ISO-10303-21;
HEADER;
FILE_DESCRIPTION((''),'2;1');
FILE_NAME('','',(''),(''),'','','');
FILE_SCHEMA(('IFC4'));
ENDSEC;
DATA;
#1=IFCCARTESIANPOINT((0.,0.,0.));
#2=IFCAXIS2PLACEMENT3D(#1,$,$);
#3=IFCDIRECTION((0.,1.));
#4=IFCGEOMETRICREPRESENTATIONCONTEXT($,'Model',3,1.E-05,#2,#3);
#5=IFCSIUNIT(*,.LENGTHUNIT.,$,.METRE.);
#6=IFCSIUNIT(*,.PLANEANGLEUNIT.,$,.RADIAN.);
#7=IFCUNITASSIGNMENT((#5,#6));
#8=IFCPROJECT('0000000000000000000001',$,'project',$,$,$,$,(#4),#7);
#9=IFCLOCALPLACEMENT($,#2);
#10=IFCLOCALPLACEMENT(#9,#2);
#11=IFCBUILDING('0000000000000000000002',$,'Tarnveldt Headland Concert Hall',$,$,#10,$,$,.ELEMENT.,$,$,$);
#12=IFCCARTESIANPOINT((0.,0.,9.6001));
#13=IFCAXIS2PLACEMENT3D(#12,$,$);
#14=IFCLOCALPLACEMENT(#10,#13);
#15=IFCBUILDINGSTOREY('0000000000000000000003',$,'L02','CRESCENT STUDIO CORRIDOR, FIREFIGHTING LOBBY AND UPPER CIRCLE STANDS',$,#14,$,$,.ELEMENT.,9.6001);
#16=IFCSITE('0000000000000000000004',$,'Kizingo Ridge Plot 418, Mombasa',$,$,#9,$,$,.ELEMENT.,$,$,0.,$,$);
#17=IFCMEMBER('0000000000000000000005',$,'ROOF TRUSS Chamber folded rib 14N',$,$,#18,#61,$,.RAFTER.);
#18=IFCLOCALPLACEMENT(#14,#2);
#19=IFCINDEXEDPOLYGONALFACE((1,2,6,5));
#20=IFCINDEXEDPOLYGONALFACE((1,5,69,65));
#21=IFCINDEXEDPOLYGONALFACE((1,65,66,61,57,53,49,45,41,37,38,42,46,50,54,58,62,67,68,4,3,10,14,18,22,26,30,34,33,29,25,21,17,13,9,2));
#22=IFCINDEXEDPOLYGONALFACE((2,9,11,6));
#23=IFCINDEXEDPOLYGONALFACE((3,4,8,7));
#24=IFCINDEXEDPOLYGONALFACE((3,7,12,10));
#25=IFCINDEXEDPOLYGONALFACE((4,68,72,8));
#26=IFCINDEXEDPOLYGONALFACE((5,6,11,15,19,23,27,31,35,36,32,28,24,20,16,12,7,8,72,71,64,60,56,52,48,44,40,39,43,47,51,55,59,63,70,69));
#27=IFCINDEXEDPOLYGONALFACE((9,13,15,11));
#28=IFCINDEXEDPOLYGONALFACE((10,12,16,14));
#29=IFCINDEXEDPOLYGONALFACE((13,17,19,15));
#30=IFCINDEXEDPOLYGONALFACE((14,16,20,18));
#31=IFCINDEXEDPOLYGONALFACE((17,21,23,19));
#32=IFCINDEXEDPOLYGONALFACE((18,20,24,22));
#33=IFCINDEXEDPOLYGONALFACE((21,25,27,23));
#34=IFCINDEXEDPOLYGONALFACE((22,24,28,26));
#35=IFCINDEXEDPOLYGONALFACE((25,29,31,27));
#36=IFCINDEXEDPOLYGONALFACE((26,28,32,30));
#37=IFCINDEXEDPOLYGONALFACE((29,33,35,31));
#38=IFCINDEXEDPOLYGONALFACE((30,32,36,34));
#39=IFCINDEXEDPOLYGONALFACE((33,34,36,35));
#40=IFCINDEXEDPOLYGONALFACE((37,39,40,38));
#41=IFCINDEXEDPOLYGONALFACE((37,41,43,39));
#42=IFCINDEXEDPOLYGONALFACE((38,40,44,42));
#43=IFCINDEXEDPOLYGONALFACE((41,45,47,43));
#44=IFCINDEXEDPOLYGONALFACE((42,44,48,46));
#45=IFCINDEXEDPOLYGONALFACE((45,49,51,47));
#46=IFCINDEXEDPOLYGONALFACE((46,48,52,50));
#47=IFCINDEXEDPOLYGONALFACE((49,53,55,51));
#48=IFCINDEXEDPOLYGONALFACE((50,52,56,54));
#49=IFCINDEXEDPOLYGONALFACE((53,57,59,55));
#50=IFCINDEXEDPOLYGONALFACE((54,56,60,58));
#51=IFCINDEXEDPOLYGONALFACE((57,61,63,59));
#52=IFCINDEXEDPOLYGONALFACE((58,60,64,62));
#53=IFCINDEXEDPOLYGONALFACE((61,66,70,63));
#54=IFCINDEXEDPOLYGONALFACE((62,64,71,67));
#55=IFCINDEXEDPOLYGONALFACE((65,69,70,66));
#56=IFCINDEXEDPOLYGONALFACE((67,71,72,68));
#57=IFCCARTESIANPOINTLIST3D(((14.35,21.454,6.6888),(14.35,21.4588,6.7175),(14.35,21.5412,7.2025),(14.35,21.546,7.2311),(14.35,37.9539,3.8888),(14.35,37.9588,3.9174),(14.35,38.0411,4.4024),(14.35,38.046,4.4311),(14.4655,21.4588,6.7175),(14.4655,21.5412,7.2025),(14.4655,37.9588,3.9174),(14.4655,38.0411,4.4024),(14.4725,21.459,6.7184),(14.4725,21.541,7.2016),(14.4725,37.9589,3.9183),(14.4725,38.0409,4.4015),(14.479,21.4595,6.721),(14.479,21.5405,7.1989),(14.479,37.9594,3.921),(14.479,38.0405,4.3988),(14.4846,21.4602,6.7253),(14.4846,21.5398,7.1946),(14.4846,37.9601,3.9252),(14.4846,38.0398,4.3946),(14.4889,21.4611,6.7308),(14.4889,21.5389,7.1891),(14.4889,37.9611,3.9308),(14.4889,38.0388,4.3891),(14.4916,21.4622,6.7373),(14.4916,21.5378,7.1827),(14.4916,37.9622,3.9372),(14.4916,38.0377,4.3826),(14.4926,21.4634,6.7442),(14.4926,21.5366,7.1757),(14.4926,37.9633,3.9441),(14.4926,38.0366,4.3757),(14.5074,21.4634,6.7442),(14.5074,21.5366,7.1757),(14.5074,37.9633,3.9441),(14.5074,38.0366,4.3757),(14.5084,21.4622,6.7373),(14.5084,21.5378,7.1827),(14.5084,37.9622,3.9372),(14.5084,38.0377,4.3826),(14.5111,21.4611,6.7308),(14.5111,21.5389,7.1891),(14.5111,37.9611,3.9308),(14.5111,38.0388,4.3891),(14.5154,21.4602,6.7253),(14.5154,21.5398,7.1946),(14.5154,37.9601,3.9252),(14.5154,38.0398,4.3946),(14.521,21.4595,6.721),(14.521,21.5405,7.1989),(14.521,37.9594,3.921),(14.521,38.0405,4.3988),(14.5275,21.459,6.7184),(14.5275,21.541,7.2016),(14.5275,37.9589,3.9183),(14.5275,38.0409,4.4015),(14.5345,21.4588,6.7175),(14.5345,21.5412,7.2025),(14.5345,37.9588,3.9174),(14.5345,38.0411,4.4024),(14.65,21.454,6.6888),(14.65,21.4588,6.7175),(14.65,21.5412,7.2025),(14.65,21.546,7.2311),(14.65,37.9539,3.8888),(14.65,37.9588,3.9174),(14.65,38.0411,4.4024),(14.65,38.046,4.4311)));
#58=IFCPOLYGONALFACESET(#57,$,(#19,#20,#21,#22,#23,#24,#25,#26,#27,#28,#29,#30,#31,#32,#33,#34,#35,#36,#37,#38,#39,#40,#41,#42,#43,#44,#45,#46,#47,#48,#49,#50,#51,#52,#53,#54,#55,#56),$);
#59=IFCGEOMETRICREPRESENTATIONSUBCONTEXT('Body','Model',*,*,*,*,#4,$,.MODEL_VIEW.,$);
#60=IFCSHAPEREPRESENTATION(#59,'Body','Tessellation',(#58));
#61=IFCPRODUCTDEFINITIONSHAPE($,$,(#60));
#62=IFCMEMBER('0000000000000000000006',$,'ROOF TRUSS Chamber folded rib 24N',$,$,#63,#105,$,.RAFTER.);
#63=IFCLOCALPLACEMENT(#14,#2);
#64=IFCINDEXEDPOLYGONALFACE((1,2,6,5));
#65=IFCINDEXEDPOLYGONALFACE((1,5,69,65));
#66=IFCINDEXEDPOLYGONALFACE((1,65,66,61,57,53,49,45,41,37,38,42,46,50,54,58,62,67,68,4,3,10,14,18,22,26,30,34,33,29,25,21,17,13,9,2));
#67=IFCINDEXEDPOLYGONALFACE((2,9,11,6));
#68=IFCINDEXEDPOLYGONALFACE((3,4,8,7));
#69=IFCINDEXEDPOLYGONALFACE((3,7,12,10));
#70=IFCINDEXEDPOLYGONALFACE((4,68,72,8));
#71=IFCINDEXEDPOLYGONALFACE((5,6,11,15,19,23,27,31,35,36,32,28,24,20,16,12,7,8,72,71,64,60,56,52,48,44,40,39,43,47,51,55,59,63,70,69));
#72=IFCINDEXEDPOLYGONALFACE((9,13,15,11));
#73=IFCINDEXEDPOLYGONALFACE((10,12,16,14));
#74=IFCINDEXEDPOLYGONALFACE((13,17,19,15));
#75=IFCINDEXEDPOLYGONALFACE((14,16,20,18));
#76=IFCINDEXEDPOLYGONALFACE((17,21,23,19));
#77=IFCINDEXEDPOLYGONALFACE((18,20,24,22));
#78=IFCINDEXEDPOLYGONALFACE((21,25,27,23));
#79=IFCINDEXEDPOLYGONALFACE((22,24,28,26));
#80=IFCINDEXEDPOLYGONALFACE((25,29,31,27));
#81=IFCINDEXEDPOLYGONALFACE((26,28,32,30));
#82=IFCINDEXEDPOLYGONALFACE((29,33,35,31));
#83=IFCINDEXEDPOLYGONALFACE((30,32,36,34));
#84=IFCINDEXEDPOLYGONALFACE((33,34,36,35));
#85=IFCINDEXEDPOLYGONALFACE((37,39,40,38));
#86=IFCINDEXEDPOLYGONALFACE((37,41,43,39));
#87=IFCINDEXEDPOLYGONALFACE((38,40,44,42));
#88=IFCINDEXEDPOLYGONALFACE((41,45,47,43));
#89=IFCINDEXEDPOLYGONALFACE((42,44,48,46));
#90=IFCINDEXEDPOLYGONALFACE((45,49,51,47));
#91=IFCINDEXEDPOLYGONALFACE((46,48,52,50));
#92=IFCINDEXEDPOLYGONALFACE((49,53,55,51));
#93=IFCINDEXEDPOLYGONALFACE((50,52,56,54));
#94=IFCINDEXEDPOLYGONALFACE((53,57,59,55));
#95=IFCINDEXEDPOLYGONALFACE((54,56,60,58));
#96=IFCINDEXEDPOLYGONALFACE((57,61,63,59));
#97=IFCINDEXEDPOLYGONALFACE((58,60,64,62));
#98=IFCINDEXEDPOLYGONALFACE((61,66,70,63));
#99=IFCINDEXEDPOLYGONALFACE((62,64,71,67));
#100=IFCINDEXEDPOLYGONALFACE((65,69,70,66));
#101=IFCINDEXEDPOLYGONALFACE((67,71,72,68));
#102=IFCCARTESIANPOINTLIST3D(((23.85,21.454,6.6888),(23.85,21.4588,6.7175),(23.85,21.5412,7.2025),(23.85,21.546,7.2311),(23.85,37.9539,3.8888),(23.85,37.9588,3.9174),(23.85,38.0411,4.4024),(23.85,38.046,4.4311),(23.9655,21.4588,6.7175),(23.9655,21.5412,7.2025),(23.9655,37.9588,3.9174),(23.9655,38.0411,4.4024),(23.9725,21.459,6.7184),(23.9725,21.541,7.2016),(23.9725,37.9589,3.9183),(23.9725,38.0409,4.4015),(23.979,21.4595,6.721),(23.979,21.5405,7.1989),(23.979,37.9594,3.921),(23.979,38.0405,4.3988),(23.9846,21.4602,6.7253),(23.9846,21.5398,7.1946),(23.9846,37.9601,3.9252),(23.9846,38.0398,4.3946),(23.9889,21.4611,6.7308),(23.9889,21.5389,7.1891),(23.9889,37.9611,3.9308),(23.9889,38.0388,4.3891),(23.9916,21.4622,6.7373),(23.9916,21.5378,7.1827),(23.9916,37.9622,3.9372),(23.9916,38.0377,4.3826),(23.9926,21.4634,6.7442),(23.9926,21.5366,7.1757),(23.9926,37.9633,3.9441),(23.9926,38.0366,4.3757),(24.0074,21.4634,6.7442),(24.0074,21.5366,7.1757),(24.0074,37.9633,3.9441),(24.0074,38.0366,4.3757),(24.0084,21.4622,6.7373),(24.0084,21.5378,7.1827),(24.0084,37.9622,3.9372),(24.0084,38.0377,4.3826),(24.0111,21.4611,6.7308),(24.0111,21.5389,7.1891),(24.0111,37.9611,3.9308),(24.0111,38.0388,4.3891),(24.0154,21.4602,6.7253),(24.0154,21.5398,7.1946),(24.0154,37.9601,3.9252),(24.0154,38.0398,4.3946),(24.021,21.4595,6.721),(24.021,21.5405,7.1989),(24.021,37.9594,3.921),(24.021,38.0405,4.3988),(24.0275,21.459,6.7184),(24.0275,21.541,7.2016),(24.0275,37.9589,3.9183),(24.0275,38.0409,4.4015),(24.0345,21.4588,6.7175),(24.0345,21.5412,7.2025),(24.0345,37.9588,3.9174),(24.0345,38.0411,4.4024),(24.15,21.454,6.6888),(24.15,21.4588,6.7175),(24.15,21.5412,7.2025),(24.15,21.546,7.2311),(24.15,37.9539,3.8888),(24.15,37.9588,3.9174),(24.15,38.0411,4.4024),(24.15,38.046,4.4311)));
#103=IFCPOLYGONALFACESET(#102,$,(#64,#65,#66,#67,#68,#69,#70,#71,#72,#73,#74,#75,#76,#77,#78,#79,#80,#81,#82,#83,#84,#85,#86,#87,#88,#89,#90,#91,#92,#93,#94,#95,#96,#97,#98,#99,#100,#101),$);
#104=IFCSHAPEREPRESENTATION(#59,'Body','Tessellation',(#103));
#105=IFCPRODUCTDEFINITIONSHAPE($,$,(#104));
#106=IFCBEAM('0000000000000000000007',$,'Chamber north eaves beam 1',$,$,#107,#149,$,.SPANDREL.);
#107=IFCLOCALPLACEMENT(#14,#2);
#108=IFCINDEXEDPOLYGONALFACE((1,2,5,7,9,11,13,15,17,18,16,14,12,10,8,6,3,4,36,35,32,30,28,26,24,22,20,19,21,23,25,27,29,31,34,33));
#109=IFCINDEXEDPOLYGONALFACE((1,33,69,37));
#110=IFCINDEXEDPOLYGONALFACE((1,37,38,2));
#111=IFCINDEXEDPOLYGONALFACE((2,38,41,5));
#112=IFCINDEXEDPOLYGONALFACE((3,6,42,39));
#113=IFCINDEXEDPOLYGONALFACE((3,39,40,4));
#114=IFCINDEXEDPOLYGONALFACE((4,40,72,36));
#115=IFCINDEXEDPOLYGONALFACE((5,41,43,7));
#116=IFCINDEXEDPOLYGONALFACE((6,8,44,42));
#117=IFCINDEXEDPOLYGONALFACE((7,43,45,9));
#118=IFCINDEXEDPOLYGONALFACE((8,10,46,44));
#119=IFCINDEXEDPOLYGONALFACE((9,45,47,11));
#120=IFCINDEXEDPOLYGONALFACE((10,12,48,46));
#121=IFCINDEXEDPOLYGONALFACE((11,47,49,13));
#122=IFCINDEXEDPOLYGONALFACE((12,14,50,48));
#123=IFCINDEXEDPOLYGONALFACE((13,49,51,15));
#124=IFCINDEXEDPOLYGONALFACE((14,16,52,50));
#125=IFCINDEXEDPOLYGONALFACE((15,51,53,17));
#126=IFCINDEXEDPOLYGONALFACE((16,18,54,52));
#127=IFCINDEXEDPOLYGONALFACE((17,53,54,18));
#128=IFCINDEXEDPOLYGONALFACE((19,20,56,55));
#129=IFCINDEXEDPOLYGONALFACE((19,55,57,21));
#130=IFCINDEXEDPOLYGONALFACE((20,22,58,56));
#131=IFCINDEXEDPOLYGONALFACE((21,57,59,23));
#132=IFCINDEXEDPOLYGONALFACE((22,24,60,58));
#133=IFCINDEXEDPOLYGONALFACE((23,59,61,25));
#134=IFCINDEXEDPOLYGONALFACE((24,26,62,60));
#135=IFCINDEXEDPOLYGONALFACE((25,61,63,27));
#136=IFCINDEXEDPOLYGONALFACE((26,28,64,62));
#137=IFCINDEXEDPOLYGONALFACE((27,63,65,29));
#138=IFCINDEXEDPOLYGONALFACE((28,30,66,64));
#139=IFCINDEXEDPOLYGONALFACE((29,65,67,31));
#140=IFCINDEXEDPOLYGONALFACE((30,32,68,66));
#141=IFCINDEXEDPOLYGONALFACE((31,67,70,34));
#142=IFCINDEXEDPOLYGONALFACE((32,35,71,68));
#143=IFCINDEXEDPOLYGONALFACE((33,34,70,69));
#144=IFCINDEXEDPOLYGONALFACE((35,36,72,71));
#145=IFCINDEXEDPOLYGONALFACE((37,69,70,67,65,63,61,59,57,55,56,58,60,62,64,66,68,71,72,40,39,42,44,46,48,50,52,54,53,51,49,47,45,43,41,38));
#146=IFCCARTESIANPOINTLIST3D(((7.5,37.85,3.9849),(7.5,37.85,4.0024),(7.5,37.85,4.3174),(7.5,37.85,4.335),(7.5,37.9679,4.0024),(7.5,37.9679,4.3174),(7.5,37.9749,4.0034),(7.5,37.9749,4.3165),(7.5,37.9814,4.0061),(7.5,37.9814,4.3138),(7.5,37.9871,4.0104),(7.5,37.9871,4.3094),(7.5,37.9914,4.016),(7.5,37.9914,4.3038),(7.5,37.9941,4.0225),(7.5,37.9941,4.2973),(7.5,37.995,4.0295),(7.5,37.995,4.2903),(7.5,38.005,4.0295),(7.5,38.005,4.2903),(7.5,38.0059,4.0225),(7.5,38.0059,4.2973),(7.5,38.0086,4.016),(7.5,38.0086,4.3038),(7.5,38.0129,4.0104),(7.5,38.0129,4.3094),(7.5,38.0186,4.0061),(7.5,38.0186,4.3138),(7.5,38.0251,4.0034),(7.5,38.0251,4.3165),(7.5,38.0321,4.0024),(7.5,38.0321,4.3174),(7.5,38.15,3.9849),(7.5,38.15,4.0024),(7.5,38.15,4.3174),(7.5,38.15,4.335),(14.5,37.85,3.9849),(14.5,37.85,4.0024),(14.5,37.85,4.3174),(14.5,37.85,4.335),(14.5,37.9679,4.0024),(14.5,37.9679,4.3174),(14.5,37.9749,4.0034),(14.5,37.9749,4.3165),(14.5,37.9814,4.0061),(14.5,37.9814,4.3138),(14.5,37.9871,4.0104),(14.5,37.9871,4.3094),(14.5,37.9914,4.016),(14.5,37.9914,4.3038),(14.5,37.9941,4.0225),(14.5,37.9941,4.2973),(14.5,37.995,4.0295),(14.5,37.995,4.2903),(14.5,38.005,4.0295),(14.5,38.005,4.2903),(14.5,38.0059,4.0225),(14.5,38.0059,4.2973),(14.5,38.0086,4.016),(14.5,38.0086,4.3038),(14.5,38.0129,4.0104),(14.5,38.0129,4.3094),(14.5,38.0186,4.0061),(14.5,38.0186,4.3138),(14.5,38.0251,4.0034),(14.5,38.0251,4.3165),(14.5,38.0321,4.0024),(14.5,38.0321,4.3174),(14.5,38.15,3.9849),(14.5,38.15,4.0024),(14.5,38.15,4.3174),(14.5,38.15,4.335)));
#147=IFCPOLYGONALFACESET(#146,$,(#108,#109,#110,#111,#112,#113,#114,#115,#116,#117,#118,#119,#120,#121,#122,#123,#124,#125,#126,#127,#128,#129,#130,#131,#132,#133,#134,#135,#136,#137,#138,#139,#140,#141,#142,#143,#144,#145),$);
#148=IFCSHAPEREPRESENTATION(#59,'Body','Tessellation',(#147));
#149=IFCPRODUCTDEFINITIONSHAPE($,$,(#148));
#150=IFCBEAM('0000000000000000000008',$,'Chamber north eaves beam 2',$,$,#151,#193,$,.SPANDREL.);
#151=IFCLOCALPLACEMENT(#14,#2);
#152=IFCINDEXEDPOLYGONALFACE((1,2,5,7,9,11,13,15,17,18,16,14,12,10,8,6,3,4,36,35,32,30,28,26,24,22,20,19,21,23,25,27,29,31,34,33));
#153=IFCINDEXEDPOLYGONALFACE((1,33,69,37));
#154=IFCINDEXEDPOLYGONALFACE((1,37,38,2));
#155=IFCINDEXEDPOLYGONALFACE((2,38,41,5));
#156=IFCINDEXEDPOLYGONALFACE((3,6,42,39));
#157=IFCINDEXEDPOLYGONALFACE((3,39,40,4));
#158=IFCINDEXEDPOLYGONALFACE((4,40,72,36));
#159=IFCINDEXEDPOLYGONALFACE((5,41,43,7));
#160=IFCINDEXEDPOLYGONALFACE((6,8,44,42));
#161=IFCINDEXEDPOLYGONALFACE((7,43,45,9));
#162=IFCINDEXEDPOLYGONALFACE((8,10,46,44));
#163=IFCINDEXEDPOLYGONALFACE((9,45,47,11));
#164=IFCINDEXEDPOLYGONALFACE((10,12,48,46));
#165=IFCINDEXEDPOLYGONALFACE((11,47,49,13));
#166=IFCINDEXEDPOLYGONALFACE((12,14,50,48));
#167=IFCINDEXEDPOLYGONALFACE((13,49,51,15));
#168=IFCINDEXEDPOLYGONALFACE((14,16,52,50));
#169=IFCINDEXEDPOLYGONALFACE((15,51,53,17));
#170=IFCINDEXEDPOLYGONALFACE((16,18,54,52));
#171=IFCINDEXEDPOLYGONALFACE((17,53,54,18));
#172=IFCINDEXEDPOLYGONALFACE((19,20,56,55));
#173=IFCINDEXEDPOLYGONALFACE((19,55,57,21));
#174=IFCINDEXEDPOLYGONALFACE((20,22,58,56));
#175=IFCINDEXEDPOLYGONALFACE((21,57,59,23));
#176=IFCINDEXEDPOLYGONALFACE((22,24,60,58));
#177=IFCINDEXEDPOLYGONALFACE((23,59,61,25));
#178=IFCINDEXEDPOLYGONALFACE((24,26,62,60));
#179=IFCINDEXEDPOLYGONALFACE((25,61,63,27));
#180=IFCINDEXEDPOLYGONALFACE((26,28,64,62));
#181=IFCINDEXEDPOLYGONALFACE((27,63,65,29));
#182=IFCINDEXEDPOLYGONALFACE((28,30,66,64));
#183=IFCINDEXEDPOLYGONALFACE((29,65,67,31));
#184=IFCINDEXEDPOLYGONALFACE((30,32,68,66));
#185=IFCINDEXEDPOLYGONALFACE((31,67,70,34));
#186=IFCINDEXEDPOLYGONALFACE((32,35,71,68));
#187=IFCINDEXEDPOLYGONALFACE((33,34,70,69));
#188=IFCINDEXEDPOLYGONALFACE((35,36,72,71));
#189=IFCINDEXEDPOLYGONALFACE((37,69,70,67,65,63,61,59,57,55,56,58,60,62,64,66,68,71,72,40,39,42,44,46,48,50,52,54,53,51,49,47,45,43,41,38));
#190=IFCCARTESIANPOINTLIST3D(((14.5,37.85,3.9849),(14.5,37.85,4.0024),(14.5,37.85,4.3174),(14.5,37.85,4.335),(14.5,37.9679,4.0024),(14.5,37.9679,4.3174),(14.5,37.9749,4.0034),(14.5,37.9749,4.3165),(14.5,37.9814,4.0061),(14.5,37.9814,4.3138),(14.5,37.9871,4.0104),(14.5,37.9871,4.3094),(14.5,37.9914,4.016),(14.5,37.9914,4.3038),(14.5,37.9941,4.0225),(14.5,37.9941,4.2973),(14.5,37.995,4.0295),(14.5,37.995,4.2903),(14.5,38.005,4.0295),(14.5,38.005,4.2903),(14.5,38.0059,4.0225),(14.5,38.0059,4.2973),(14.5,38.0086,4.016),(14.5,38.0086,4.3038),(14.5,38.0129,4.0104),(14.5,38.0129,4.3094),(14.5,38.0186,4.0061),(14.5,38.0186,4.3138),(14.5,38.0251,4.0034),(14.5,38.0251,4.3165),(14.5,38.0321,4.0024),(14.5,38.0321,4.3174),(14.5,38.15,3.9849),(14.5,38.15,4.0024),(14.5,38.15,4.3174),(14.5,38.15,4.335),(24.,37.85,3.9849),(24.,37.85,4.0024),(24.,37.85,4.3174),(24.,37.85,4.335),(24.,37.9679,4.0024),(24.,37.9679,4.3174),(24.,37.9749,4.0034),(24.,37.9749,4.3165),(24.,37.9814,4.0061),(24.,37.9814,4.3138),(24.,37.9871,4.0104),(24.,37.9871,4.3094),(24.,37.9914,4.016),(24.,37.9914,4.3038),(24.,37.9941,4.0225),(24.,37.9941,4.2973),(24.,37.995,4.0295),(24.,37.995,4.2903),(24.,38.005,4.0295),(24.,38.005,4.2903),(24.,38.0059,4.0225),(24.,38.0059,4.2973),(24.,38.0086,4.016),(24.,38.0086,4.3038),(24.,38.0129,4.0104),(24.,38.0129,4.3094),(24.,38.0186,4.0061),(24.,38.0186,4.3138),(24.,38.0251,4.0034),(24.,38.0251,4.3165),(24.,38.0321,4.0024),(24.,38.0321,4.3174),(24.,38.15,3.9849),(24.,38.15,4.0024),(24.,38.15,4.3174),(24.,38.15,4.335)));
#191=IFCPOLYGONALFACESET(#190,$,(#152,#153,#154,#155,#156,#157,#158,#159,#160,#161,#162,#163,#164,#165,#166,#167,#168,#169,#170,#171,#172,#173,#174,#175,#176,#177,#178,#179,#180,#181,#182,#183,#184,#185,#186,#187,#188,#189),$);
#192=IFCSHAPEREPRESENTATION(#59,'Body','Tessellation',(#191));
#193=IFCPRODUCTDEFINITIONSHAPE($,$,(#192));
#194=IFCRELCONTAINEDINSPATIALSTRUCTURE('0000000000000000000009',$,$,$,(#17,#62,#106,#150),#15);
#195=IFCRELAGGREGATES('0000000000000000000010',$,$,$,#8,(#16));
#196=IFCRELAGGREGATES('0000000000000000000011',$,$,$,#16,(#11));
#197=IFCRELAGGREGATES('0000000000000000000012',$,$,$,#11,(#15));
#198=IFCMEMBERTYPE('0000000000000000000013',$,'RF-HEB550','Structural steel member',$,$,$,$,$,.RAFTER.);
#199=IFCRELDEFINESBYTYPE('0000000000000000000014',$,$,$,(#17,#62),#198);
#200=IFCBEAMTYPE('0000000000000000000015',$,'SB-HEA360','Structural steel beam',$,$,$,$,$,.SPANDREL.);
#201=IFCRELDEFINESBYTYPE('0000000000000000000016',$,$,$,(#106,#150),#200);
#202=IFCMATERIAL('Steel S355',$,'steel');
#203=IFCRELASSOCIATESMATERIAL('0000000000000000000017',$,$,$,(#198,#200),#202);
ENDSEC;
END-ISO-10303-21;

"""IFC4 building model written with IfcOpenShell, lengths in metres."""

from ifc_helpers import new_model, si_unit, direction, frame, origin, origin_2d, place, context, subcontext, project, spatial, i_section, extrude, material, material_profile, profile_set, type_object, element, save


model = new_model("IFC4")

# Units and contexts
model_context = context("Model", 3, precision=1e-05, world=origin(), true_north=direction((0.0, 1.0)))
body_context = subcontext(model_context, "Body", "Model", "MODEL_VIEW")
ifc_project = project(units=[si_unit("LENGTHUNIT", "METRE"), si_unit("PLANEANGLEUNIT", "RADIAN")], contexts=[model_context])

# Site, building, storey
site_placement = place(None, origin())
site = spatial("IfcSite", under=ifc_project, at=site_placement, Name="Kizingo Ridge Plot 418, Mombasa", CompositionType="ELEMENT", RefElevation=0.0)
building_placement = place(site_placement, origin())
building = spatial("IfcBuilding", under=site, at=building_placement, Name="Tarnveldt Headland Concert Hall", CompositionType="ELEMENT")
storey_placement = place(building_placement, frame((0.0, 0.0, 9.6001)))
storey = spatial("IfcBuildingStorey", under=building, at=storey_placement, Name="L02", Description="CRESCENT STUDIO CORRIDOR, FIREFIGHTING LOBBY AND UPPER CIRCLE STANDS", CompositionType="ELEMENT", Elevation=9.6001)

# Shared definitions
ifc_material_1 = material(Name="Steel S355", Category="steel")

# Members
ifc_material_profile_1 = material_profile(ifc_material_1, i_section(OverallWidth=0.3, OverallDepth=0.55, WebThickness=0.0149, FlangeThickness=0.0291, FilletRadius=0.0271, at=origin_2d()), Name="HEB550", Category="steel")
ifc_profile_set_1 = profile_set([ifc_material_profile_1], Name="Steel S355")
member_type_1 = type_object("IfcMemberType", Name="RF-HEB550", Description="Structural steel member", PredefinedType="RAFTER", material=ifc_profile_set_1)
for number, where, z_axis, x_axis, name in (
    (1, (14.5, 21.5, 6.96), (0.0, 0.985905, -0.167308), (-1.0, 0.0, 0.0), "ROOF TRUSS Chamber folded rib 14N"),
    (2, (24.0, 21.5, 6.96), (0.0, 0.985905, -0.167308), (-1.0, 0.0, 0.0), "ROOF TRUSS Chamber folded rib 24N"),
):
    element("IfcMember", number, at=place(storey_placement, frame(where, z_axis=z_axis, x_axis=x_axis)), inside=storey, type_object=member_type_1, Name=name, PredefinedType="RAFTER", context=body_context, shape_type="SweptSolid", body=[
        extrude(i_section(OverallWidth=0.3, OverallDepth=0.55, WebThickness=0.0149, FlangeThickness=0.0291, FilletRadius=0.0271, at=origin_2d()), origin(), (0.0, 0.0, 1.0), 16.7358),
    ])

# Beams
ifc_material_profile_2 = material_profile(ifc_material_1, i_section(OverallWidth=0.3, OverallDepth=0.3501, WebThickness=0.01, FlangeThickness=0.0176, FilletRadius=0.0271, at=origin_2d()), Name="HEA360", Category="steel")
ifc_profile_set_2 = profile_set([ifc_material_profile_2], Name="Steel S355")
beam_type_1 = type_object("IfcBeamType", Name="SB-HEA360", Description="Structural steel beam", PredefinedType="SPANDREL", material=ifc_profile_set_2)
beam_1_placement = place(storey_placement, frame((7.5, 38.0, 4.1599), z_axis=(1.0, 0.0, 0.0), x_axis=(0.0, 1.0, 0.0)))
element("IfcBeam", 3, at=beam_1_placement, inside=storey, type_object=beam_type_1, Name="Chamber north eaves beam 1", PredefinedType="SPANDREL", context=body_context, shape_type="SweptSolid", body=[
    extrude(i_section(OverallWidth=0.3, OverallDepth=0.3501, WebThickness=0.01, FlangeThickness=0.0176, FilletRadius=0.0271, at=origin_2d()), origin(), (0.0, 0.0, 1.0), 7.0),
])
beam_2_placement = place(storey_placement, frame((14.5, 38.0, 4.1599), z_axis=(1.0, 0.0, 0.0), x_axis=(0.0, 1.0, 0.0)))
element("IfcBeam", 4, at=beam_2_placement, inside=storey, type_object=beam_type_1, Name="Chamber north eaves beam 2", PredefinedType="SPANDREL", context=body_context, shape_type="SweptSolid", body=[
    extrude(i_section(OverallWidth=0.3, OverallDepth=0.3501, WebThickness=0.01, FlangeThickness=0.0176, FilletRadius=0.0271, at=origin_2d()), origin(), (0.0, 0.0, 1.0), 9.5),
])

save(model, "model.ifc")
